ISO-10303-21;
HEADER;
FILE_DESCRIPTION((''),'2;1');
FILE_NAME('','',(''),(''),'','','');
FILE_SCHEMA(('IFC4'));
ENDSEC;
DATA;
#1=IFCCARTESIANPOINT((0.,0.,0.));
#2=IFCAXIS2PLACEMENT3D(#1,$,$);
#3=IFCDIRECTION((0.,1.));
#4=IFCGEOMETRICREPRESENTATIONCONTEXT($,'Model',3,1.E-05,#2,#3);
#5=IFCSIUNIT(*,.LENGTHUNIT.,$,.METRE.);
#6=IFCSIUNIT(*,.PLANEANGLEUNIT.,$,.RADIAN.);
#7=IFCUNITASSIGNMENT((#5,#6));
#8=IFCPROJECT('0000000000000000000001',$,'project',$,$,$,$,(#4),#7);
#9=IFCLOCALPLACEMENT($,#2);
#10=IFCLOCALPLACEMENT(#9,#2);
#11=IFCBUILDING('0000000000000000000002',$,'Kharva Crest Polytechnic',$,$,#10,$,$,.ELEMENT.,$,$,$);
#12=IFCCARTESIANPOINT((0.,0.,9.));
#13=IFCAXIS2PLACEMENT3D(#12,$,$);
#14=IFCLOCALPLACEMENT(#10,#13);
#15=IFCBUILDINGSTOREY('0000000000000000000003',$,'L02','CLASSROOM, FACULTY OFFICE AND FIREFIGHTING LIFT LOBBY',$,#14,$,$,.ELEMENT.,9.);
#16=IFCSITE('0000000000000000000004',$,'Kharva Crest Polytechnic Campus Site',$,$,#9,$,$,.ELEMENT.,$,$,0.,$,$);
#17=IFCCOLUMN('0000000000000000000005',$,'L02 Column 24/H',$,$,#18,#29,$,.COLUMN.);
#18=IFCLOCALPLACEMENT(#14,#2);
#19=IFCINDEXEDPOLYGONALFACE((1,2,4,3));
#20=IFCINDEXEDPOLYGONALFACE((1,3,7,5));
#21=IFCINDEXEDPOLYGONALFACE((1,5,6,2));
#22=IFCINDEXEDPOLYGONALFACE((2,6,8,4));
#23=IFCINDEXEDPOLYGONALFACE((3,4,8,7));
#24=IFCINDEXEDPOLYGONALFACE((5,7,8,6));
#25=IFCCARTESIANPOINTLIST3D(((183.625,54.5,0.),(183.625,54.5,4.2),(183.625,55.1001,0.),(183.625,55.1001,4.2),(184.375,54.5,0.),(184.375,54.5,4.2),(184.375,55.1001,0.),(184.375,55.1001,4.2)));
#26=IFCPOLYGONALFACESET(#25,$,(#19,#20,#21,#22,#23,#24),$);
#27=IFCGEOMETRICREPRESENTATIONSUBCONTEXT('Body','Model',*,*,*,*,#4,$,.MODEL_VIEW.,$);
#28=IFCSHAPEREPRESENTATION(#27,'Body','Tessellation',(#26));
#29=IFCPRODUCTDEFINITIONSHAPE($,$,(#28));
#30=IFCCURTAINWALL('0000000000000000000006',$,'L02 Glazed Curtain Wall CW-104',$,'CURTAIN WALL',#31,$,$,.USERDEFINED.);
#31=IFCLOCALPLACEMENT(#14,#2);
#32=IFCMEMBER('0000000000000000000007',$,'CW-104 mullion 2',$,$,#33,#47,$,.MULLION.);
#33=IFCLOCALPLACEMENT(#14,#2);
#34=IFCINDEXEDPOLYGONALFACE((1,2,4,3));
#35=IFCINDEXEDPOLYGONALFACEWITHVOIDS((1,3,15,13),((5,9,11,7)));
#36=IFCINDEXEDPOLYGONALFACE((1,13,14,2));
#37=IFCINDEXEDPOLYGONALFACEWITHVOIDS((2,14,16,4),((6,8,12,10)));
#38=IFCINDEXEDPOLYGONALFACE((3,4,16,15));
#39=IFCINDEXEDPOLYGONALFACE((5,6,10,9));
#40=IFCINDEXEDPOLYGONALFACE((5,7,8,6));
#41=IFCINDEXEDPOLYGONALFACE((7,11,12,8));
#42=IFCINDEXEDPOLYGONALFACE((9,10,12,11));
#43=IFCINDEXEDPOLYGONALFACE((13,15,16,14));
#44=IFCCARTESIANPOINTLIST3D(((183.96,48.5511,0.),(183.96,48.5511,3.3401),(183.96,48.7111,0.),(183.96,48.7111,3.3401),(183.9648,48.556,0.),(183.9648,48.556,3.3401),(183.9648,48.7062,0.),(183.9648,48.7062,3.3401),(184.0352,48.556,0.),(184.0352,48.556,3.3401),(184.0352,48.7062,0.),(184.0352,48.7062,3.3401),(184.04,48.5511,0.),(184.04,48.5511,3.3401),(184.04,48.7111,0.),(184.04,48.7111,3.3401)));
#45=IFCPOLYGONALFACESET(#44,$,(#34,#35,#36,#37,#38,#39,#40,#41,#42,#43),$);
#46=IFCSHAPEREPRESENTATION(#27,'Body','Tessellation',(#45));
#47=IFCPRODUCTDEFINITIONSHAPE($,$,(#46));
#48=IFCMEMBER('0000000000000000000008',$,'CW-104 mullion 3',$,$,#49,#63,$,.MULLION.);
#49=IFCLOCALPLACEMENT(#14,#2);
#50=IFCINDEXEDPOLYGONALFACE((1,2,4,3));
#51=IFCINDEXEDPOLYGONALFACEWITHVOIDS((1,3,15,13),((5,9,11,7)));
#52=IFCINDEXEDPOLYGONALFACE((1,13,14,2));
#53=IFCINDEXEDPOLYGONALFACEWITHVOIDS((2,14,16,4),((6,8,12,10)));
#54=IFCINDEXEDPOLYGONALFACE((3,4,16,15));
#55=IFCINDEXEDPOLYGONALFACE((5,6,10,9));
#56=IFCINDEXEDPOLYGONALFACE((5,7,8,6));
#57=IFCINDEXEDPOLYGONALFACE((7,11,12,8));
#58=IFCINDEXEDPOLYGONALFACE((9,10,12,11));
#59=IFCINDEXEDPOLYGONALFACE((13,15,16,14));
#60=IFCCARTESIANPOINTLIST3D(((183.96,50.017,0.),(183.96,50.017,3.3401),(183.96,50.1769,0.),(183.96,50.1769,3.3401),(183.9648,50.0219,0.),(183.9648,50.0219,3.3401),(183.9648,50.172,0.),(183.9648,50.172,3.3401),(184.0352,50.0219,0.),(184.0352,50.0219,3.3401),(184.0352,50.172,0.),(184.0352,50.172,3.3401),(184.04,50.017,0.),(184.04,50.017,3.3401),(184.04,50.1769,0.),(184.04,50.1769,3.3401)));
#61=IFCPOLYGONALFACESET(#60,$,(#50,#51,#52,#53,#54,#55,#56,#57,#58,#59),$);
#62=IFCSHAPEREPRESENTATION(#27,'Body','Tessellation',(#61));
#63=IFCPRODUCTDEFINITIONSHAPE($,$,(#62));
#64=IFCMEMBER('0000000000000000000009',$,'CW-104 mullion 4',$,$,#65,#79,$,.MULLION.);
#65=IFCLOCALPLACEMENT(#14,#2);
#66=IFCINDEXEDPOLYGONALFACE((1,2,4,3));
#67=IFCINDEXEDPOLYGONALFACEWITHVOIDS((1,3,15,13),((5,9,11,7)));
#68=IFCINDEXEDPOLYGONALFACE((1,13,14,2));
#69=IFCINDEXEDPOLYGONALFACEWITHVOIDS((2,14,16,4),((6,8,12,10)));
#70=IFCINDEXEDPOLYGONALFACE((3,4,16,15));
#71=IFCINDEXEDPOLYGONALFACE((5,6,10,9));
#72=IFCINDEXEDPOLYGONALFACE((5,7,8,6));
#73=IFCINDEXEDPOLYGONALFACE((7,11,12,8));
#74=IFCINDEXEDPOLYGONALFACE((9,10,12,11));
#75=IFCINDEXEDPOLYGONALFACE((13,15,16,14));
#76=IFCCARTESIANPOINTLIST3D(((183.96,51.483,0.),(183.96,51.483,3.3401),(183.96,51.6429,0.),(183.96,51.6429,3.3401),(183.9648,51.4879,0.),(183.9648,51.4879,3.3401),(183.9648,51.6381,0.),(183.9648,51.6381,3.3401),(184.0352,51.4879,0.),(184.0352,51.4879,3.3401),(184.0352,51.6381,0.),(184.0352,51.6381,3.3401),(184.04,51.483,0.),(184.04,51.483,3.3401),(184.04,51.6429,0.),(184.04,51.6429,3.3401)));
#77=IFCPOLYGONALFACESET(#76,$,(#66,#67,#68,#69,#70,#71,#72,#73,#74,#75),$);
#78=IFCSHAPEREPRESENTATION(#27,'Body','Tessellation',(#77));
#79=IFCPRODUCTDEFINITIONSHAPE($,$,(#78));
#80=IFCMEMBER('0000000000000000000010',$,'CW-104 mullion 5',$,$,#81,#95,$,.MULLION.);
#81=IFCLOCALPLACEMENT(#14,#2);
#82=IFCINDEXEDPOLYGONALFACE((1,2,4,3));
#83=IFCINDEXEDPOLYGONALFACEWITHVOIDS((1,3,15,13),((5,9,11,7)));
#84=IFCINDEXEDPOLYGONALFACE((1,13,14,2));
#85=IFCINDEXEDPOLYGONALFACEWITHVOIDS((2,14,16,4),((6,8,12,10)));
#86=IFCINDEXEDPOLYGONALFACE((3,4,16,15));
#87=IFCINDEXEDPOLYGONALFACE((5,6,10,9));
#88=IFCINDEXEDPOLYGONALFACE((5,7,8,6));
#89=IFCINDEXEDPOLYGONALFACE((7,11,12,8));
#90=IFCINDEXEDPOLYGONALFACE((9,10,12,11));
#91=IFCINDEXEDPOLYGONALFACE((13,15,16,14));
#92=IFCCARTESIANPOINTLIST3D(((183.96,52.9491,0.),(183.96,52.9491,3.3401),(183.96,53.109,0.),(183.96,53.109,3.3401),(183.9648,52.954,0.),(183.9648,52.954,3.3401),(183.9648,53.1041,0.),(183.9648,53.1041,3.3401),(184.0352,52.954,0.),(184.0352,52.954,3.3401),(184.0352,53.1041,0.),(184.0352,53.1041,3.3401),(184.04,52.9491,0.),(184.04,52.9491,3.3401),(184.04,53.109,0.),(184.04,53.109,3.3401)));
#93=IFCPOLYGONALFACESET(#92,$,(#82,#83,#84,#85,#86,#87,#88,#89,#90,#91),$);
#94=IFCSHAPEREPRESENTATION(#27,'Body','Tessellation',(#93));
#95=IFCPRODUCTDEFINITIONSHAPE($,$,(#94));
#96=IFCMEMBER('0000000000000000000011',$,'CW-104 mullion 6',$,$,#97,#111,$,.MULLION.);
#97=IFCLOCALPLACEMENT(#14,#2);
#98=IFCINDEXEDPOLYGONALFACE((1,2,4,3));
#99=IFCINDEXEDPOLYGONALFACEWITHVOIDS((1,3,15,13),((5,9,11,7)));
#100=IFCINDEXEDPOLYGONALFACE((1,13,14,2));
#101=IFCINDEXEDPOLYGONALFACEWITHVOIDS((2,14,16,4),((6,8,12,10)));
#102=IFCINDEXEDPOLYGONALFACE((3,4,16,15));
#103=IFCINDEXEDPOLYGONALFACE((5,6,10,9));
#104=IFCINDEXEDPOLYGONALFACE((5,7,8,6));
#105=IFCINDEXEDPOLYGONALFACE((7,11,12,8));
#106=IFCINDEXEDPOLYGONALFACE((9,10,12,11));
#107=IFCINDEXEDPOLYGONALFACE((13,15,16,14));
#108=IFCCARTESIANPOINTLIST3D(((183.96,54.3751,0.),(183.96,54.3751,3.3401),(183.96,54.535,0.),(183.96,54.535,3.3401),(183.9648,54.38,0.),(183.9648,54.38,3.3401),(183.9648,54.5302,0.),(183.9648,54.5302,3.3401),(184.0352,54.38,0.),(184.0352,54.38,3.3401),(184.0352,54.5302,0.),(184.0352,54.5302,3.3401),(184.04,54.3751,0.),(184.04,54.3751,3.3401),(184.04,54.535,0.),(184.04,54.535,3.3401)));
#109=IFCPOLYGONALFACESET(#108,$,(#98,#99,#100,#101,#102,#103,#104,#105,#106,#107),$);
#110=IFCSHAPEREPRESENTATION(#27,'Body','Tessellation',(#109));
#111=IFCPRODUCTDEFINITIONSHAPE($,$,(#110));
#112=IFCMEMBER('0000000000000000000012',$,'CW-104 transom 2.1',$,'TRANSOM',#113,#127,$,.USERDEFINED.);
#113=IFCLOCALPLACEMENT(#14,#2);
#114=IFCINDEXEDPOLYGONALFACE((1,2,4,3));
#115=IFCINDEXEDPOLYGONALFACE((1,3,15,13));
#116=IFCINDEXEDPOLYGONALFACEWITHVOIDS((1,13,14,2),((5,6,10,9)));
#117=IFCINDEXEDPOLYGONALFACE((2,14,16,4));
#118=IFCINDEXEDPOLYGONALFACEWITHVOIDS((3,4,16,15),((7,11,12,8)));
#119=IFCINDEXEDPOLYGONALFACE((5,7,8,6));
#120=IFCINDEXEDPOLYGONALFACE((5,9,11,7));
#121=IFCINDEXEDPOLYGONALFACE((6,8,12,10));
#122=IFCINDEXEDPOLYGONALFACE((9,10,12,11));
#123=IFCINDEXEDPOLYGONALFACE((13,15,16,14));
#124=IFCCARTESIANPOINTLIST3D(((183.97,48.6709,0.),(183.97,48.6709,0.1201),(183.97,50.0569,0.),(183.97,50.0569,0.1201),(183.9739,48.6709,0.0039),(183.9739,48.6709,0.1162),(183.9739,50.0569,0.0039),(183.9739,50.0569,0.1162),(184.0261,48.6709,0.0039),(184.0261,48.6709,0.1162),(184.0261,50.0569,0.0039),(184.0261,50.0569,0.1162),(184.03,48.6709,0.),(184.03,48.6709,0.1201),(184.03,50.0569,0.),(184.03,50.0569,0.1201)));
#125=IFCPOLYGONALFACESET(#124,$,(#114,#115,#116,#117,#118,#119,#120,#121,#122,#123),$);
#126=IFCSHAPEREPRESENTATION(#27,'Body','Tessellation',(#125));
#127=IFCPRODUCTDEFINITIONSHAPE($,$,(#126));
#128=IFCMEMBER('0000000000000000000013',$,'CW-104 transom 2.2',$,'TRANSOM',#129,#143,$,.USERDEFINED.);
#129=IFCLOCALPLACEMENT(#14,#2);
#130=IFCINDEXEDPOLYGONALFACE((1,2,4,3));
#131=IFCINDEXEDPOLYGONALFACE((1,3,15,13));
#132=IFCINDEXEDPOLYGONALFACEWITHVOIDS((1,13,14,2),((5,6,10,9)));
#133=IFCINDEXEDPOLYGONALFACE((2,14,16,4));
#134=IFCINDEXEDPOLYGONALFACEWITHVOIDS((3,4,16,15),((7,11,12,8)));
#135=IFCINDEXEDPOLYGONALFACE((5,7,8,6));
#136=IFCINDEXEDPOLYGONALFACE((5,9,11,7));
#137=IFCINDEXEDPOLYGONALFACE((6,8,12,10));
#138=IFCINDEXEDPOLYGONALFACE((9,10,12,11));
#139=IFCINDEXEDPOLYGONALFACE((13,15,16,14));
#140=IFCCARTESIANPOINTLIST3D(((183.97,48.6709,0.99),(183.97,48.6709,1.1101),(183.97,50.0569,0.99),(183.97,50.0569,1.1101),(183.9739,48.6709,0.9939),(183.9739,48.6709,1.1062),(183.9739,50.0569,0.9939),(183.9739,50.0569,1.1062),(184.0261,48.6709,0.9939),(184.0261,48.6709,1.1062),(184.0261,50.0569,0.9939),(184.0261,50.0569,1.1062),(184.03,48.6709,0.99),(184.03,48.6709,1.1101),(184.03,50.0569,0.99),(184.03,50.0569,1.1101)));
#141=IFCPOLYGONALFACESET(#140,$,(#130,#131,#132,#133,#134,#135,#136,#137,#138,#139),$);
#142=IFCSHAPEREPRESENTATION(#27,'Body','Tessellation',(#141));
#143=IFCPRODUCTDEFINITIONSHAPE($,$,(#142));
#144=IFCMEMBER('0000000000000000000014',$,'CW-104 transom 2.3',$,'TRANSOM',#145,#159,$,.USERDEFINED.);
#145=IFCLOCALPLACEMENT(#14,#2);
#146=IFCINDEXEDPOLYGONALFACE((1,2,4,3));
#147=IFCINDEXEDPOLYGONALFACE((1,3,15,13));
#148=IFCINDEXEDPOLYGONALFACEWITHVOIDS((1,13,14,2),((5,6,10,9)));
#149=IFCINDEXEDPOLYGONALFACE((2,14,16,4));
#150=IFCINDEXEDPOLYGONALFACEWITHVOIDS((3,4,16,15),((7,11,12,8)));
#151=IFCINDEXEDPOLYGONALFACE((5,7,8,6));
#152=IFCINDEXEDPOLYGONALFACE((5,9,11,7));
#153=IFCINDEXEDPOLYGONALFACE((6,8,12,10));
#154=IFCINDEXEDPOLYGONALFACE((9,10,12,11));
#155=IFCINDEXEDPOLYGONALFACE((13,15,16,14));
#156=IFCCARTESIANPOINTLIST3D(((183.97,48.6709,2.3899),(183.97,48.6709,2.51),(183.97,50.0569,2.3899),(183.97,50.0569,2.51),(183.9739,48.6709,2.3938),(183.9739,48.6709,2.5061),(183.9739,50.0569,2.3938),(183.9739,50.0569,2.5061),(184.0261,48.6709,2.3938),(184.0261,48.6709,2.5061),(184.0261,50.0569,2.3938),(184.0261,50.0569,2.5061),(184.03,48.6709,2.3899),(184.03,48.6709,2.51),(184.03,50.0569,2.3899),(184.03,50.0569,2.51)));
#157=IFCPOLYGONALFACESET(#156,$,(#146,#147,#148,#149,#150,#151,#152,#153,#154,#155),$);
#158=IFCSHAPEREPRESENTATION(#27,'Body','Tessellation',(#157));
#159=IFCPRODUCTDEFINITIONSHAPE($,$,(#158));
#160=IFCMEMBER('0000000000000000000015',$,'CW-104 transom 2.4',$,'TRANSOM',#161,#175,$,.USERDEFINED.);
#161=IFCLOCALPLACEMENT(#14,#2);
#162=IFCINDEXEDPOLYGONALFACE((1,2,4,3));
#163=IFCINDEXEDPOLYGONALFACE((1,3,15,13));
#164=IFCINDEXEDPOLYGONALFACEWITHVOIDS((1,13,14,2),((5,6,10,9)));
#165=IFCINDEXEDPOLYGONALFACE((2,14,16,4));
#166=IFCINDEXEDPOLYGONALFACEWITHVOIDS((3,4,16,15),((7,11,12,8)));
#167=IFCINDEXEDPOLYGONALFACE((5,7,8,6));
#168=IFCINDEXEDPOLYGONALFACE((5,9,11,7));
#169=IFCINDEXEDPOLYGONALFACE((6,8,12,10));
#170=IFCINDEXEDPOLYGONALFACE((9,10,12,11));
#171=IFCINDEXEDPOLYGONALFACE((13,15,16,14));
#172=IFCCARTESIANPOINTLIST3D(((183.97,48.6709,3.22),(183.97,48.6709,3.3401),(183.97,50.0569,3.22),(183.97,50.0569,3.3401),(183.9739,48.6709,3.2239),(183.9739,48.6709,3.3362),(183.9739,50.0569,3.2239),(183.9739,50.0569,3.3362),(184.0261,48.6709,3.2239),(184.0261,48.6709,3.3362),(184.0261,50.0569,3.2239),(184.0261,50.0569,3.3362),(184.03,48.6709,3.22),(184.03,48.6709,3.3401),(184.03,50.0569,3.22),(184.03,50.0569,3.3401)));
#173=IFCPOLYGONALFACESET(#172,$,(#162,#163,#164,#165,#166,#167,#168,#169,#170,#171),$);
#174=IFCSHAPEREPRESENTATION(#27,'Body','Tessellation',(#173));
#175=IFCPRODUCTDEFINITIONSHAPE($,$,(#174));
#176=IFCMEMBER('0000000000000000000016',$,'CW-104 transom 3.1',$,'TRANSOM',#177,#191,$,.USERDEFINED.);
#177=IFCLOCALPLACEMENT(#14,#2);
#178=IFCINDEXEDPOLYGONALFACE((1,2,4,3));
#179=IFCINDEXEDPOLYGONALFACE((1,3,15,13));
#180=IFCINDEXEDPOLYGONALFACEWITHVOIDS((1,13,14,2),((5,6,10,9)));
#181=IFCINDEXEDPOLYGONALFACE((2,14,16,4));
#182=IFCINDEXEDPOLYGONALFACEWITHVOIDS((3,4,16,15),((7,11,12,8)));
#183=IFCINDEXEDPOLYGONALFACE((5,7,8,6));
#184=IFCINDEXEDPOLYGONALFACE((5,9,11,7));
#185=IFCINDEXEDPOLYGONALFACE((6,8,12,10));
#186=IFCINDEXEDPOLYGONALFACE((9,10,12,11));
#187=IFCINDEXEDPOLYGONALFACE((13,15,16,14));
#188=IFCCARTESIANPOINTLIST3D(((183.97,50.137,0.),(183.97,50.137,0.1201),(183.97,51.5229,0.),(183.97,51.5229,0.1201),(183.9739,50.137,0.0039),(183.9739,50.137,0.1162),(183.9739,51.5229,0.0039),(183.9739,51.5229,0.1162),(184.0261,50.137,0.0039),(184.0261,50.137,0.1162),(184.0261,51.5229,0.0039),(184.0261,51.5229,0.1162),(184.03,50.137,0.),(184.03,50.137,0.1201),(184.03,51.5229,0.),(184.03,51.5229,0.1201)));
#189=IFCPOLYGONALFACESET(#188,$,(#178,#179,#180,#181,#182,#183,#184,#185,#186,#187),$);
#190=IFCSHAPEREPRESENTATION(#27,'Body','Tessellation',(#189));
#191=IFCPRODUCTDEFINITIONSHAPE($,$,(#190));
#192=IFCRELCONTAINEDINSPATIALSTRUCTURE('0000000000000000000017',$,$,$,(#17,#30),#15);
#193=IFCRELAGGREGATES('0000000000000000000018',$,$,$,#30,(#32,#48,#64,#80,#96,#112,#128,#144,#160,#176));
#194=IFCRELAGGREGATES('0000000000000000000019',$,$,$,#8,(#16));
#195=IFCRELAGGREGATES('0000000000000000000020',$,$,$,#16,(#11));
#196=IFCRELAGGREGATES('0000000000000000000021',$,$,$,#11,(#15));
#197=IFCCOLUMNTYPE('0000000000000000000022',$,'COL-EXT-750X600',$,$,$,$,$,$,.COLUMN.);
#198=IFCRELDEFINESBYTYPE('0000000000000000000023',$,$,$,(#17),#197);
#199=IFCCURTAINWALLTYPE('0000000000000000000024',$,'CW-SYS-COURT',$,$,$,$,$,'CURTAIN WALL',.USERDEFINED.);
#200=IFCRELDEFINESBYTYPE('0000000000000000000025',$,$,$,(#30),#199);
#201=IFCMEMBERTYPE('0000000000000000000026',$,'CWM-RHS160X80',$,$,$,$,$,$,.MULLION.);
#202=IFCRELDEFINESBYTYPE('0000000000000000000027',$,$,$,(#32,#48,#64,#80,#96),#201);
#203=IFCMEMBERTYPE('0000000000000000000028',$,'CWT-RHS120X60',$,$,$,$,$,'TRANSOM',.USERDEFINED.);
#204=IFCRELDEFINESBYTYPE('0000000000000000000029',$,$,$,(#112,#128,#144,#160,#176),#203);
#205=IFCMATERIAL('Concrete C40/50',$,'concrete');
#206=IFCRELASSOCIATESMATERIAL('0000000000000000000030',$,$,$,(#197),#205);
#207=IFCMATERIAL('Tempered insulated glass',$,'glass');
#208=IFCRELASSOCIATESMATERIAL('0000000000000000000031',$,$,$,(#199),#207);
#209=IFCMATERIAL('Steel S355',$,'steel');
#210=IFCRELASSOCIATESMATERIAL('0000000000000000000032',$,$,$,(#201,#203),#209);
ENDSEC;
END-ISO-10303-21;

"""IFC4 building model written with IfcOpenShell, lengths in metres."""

from ifc_helpers import new_model, si_unit, direction, frame, origin, origin_2d, place, context, subcontext, project, spatial, rectangle, hollow_rectangle, extrude, material, material_profile, profile_set, type_object, element, aggregate, save


model = new_model("IFC4")

# Units and contexts
model_context = context("Model", 3, precision=1e-05, world=origin(), true_north=direction((0.0, 1.0)))
body_context = subcontext(model_context, "Body", "Model", "MODEL_VIEW")
ifc_project = project(units=[si_unit("LENGTHUNIT", "METRE"), si_unit("PLANEANGLEUNIT", "RADIAN")], contexts=[model_context])

# Site, building, storey
site_placement = place(None, origin())
site = spatial("IfcSite", under=ifc_project, at=site_placement, Name="Kharva Crest Polytechnic Campus Site", CompositionType="ELEMENT", RefElevation=0.0)
building_placement = place(site_placement, origin())
building = spatial("IfcBuilding", under=site, at=building_placement, Name="Kharva Crest Polytechnic", CompositionType="ELEMENT")
storey_placement = place(building_placement, frame((0.0, 0.0, 9.0)))
storey = spatial("IfcBuildingStorey", under=building, at=storey_placement, Name="L02", Description="CLASSROOM, FACULTY OFFICE AND FIREFIGHTING LIFT LOBBY", CompositionType="ELEMENT", Elevation=9.0)

# Column
ifc_material_1 = material(Name="Concrete C40/50", Category="concrete")
ifc_material_profile_1 = material_profile(ifc_material_1, rectangle(XDim=0.75, YDim=0.6001, at=origin_2d()), Name="RECT 750 X 600")
ifc_profile_set_1 = profile_set([ifc_material_profile_1], Name="Concrete C40/50")
column_type = type_object("IfcColumnType", Name="COL-EXT-750X600", PredefinedType="COLUMN", material=ifc_profile_set_1)
column_placement = place(storey_placement, frame((184.0, 54.8, 0.0), z_axis=(0.0, 0.0, 1.0), x_axis=(1.0, 0.0, 0.0)))
element("IfcColumn", 1, at=column_placement, inside=storey, type_object=column_type, Name="L02 Column 24/H", PredefinedType="COLUMN", context=body_context, shape_type="SweptSolid", body=[
    extrude(rectangle(XDim=0.75, YDim=0.6001, at=origin_2d()), origin(), (0.0, 0.0, 1.0), 4.2),
])

# Curtain wall, members
ifc_material_2 = material(Name="Tempered insulated glass", Category="glass")
curtain_wall_type = type_object("IfcCurtainWallType", Name="CW-SYS-COURT", ElementType="CURTAIN WALL", PredefinedType="USERDEFINED", material=ifc_material_2)
curtain_wall_placement = place(storey_placement, origin())
curtain_wall = element("IfcCurtainWall", 2, at=curtain_wall_placement, inside=storey, type_object=curtain_wall_type, Name="L02 Glazed Curtain Wall CW-104", ObjectType="CURTAIN WALL", PredefinedType="USERDEFINED")
ifc_material_3 = material(Name="Steel S355", Category="steel")
ifc_material_profile_2 = material_profile(ifc_material_3, hollow_rectangle(XDim=0.0801, YDim=0.1599, WallThickness=0.0049, at=origin_2d()), Name="RHS 160X80X5.0")
ifc_profile_set_2 = profile_set([ifc_material_profile_2], Name="Steel S355")
member_type_1 = type_object("IfcMemberType", Name="CWM-RHS160X80", PredefinedType="MULLION", material=ifc_profile_set_2)
member_1_placement = place(storey_placement, frame((184.0, 48.6311, 0.0), z_axis=(0.0, 0.0, 1.0), x_axis=(-1.0, 0.0, 0.0)))
member_1 = element("IfcMember", 3, at=member_1_placement, type_object=member_type_1, Name="CW-104 mullion 2", PredefinedType="MULLION", context=body_context, shape_type="SweptSolid", body=[
    extrude(hollow_rectangle(XDim=0.0801, YDim=0.1599, WallThickness=0.0049, at=origin_2d()), origin(), (0.0, 0.0, 1.0), 3.3401),
])
member_2_placement = place(storey_placement, frame((184.0, 50.0969, 0.0), z_axis=(0.0, 0.0, 1.0), x_axis=(-1.0, 0.0, 0.0)))
member_2 = element("IfcMember", 4, at=member_2_placement, type_object=member_type_1, Name="CW-104 mullion 3", PredefinedType="MULLION", context=body_context, shape_type="SweptSolid", body=[
    extrude(hollow_rectangle(XDim=0.0801, YDim=0.1599, WallThickness=0.0049, at=origin_2d()), origin(), (0.0, 0.0, 1.0), 3.3401),
])
member_3_placement = place(storey_placement, frame((184.0, 51.563, 0.0), z_axis=(0.0, 0.0, 1.0), x_axis=(-1.0, 0.0, 0.0)))
member_3 = element("IfcMember", 5, at=member_3_placement, type_object=member_type_1, Name="CW-104 mullion 4", PredefinedType="MULLION", context=body_context, shape_type="SweptSolid", body=[
    extrude(hollow_rectangle(XDim=0.0801, YDim=0.1599, WallThickness=0.0049, at=origin_2d()), origin(), (0.0, 0.0, 1.0), 3.3401),
])
member_4_placement = place(storey_placement, frame((184.0, 53.0291, 0.0), z_axis=(0.0, 0.0, 1.0), x_axis=(-1.0, 0.0, 0.0)))
member_4 = element("IfcMember", 6, at=member_4_placement, type_object=member_type_1, Name="CW-104 mullion 5", PredefinedType="MULLION", context=body_context, shape_type="SweptSolid", body=[
    extrude(hollow_rectangle(XDim=0.0801, YDim=0.1599, WallThickness=0.0049, at=origin_2d()), origin(), (0.0, 0.0, 1.0), 3.3401),
])
member_5_placement = place(storey_placement, frame((184.0, 54.4551, 0.0), z_axis=(0.0, 0.0, 1.0), x_axis=(-1.0, 0.0, 0.0)))
member_5 = element("IfcMember", 7, at=member_5_placement, type_object=member_type_1, Name="CW-104 mullion 6", PredefinedType="MULLION", context=body_context, shape_type="SweptSolid", body=[
    extrude(hollow_rectangle(XDim=0.0801, YDim=0.1599, WallThickness=0.0049, at=origin_2d()), origin(), (0.0, 0.0, 1.0), 3.3401),
])
ifc_material_profile_3 = material_profile(ifc_material_3, hollow_rectangle(XDim=0.0601, YDim=0.1201, WallThickness=0.0039, at=origin_2d()), Name="RHS 120X60X4.0")
ifc_profile_set_3 = profile_set([ifc_material_profile_3], Name="Steel S355")
member_type_2 = type_object("IfcMemberType", Name="CWT-RHS120X60", ElementType="TRANSOM", PredefinedType="USERDEFINED", material=ifc_profile_set_3)
member_6_placement = place(storey_placement, frame((184.0, 48.6709, 0.0601), z_axis=(0.0, 1.0, 0.0), x_axis=(-1.0, 0.0, 0.0)))
member_6 = element("IfcMember", 8, at=member_6_placement, type_object=member_type_2, Name="CW-104 transom 2.1", ObjectType="TRANSOM", PredefinedType="USERDEFINED", context=body_context, shape_type="SweptSolid", body=[
    extrude(hollow_rectangle(XDim=0.0601, YDim=0.1201, WallThickness=0.0039, at=origin_2d()), origin(), (0.0, 0.0, 1.0), 1.386),
])
member_7_placement = place(storey_placement, frame((184.0, 48.6709, 1.05), z_axis=(0.0, 1.0, 0.0), x_axis=(-1.0, 0.0, 0.0)))
member_7 = element("IfcMember", 9, at=member_7_placement, type_object=member_type_2, Name="CW-104 transom 2.2", ObjectType="TRANSOM", PredefinedType="USERDEFINED", context=body_context, shape_type="SweptSolid", body=[
    extrude(hollow_rectangle(XDim=0.0601, YDim=0.1201, WallThickness=0.0039, at=origin_2d()), origin(), (0.0, 0.0, 1.0), 1.386),
])
member_8_placement = place(storey_placement, frame((184.0, 48.6709, 2.45), z_axis=(0.0, 1.0, 0.0), x_axis=(-1.0, 0.0, 0.0)))
member_8 = element("IfcMember", 10, at=member_8_placement, type_object=member_type_2, Name="CW-104 transom 2.3", ObjectType="TRANSOM", PredefinedType="USERDEFINED", context=body_context, shape_type="SweptSolid", body=[
    extrude(hollow_rectangle(XDim=0.0601, YDim=0.1201, WallThickness=0.0039, at=origin_2d()), origin(), (0.0, 0.0, 1.0), 1.386),
])
member_9_placement = place(storey_placement, frame((184.0, 48.6709, 3.28), z_axis=(0.0, 1.0, 0.0), x_axis=(-1.0, 0.0, 0.0)))
member_9 = element("IfcMember", 11, at=member_9_placement, type_object=member_type_2, Name="CW-104 transom 2.4", ObjectType="TRANSOM", PredefinedType="USERDEFINED", context=body_context, shape_type="SweptSolid", body=[
    extrude(hollow_rectangle(XDim=0.0601, YDim=0.1201, WallThickness=0.0039, at=origin_2d()), origin(), (0.0, 0.0, 1.0), 1.386),
])
member_10_placement = place(storey_placement, frame((184.0, 50.137, 0.0601), z_axis=(0.0, 1.0, 0.0), x_axis=(-1.0, 0.0, 0.0)))
member_10 = element("IfcMember", 12, at=member_10_placement, type_object=member_type_2, Name="CW-104 transom 3.1", ObjectType="TRANSOM", PredefinedType="USERDEFINED", context=body_context, shape_type="SweptSolid", body=[
    extrude(hollow_rectangle(XDim=0.0601, YDim=0.1201, WallThickness=0.0039, at=origin_2d()), origin(), (0.0, 0.0, 1.0), 1.386),
])

aggregate(curtain_wall, [member_1, member_2, member_3, member_4, member_5, member_6, member_7, member_8, member_9, member_10])

save(model, "model.ifc")
